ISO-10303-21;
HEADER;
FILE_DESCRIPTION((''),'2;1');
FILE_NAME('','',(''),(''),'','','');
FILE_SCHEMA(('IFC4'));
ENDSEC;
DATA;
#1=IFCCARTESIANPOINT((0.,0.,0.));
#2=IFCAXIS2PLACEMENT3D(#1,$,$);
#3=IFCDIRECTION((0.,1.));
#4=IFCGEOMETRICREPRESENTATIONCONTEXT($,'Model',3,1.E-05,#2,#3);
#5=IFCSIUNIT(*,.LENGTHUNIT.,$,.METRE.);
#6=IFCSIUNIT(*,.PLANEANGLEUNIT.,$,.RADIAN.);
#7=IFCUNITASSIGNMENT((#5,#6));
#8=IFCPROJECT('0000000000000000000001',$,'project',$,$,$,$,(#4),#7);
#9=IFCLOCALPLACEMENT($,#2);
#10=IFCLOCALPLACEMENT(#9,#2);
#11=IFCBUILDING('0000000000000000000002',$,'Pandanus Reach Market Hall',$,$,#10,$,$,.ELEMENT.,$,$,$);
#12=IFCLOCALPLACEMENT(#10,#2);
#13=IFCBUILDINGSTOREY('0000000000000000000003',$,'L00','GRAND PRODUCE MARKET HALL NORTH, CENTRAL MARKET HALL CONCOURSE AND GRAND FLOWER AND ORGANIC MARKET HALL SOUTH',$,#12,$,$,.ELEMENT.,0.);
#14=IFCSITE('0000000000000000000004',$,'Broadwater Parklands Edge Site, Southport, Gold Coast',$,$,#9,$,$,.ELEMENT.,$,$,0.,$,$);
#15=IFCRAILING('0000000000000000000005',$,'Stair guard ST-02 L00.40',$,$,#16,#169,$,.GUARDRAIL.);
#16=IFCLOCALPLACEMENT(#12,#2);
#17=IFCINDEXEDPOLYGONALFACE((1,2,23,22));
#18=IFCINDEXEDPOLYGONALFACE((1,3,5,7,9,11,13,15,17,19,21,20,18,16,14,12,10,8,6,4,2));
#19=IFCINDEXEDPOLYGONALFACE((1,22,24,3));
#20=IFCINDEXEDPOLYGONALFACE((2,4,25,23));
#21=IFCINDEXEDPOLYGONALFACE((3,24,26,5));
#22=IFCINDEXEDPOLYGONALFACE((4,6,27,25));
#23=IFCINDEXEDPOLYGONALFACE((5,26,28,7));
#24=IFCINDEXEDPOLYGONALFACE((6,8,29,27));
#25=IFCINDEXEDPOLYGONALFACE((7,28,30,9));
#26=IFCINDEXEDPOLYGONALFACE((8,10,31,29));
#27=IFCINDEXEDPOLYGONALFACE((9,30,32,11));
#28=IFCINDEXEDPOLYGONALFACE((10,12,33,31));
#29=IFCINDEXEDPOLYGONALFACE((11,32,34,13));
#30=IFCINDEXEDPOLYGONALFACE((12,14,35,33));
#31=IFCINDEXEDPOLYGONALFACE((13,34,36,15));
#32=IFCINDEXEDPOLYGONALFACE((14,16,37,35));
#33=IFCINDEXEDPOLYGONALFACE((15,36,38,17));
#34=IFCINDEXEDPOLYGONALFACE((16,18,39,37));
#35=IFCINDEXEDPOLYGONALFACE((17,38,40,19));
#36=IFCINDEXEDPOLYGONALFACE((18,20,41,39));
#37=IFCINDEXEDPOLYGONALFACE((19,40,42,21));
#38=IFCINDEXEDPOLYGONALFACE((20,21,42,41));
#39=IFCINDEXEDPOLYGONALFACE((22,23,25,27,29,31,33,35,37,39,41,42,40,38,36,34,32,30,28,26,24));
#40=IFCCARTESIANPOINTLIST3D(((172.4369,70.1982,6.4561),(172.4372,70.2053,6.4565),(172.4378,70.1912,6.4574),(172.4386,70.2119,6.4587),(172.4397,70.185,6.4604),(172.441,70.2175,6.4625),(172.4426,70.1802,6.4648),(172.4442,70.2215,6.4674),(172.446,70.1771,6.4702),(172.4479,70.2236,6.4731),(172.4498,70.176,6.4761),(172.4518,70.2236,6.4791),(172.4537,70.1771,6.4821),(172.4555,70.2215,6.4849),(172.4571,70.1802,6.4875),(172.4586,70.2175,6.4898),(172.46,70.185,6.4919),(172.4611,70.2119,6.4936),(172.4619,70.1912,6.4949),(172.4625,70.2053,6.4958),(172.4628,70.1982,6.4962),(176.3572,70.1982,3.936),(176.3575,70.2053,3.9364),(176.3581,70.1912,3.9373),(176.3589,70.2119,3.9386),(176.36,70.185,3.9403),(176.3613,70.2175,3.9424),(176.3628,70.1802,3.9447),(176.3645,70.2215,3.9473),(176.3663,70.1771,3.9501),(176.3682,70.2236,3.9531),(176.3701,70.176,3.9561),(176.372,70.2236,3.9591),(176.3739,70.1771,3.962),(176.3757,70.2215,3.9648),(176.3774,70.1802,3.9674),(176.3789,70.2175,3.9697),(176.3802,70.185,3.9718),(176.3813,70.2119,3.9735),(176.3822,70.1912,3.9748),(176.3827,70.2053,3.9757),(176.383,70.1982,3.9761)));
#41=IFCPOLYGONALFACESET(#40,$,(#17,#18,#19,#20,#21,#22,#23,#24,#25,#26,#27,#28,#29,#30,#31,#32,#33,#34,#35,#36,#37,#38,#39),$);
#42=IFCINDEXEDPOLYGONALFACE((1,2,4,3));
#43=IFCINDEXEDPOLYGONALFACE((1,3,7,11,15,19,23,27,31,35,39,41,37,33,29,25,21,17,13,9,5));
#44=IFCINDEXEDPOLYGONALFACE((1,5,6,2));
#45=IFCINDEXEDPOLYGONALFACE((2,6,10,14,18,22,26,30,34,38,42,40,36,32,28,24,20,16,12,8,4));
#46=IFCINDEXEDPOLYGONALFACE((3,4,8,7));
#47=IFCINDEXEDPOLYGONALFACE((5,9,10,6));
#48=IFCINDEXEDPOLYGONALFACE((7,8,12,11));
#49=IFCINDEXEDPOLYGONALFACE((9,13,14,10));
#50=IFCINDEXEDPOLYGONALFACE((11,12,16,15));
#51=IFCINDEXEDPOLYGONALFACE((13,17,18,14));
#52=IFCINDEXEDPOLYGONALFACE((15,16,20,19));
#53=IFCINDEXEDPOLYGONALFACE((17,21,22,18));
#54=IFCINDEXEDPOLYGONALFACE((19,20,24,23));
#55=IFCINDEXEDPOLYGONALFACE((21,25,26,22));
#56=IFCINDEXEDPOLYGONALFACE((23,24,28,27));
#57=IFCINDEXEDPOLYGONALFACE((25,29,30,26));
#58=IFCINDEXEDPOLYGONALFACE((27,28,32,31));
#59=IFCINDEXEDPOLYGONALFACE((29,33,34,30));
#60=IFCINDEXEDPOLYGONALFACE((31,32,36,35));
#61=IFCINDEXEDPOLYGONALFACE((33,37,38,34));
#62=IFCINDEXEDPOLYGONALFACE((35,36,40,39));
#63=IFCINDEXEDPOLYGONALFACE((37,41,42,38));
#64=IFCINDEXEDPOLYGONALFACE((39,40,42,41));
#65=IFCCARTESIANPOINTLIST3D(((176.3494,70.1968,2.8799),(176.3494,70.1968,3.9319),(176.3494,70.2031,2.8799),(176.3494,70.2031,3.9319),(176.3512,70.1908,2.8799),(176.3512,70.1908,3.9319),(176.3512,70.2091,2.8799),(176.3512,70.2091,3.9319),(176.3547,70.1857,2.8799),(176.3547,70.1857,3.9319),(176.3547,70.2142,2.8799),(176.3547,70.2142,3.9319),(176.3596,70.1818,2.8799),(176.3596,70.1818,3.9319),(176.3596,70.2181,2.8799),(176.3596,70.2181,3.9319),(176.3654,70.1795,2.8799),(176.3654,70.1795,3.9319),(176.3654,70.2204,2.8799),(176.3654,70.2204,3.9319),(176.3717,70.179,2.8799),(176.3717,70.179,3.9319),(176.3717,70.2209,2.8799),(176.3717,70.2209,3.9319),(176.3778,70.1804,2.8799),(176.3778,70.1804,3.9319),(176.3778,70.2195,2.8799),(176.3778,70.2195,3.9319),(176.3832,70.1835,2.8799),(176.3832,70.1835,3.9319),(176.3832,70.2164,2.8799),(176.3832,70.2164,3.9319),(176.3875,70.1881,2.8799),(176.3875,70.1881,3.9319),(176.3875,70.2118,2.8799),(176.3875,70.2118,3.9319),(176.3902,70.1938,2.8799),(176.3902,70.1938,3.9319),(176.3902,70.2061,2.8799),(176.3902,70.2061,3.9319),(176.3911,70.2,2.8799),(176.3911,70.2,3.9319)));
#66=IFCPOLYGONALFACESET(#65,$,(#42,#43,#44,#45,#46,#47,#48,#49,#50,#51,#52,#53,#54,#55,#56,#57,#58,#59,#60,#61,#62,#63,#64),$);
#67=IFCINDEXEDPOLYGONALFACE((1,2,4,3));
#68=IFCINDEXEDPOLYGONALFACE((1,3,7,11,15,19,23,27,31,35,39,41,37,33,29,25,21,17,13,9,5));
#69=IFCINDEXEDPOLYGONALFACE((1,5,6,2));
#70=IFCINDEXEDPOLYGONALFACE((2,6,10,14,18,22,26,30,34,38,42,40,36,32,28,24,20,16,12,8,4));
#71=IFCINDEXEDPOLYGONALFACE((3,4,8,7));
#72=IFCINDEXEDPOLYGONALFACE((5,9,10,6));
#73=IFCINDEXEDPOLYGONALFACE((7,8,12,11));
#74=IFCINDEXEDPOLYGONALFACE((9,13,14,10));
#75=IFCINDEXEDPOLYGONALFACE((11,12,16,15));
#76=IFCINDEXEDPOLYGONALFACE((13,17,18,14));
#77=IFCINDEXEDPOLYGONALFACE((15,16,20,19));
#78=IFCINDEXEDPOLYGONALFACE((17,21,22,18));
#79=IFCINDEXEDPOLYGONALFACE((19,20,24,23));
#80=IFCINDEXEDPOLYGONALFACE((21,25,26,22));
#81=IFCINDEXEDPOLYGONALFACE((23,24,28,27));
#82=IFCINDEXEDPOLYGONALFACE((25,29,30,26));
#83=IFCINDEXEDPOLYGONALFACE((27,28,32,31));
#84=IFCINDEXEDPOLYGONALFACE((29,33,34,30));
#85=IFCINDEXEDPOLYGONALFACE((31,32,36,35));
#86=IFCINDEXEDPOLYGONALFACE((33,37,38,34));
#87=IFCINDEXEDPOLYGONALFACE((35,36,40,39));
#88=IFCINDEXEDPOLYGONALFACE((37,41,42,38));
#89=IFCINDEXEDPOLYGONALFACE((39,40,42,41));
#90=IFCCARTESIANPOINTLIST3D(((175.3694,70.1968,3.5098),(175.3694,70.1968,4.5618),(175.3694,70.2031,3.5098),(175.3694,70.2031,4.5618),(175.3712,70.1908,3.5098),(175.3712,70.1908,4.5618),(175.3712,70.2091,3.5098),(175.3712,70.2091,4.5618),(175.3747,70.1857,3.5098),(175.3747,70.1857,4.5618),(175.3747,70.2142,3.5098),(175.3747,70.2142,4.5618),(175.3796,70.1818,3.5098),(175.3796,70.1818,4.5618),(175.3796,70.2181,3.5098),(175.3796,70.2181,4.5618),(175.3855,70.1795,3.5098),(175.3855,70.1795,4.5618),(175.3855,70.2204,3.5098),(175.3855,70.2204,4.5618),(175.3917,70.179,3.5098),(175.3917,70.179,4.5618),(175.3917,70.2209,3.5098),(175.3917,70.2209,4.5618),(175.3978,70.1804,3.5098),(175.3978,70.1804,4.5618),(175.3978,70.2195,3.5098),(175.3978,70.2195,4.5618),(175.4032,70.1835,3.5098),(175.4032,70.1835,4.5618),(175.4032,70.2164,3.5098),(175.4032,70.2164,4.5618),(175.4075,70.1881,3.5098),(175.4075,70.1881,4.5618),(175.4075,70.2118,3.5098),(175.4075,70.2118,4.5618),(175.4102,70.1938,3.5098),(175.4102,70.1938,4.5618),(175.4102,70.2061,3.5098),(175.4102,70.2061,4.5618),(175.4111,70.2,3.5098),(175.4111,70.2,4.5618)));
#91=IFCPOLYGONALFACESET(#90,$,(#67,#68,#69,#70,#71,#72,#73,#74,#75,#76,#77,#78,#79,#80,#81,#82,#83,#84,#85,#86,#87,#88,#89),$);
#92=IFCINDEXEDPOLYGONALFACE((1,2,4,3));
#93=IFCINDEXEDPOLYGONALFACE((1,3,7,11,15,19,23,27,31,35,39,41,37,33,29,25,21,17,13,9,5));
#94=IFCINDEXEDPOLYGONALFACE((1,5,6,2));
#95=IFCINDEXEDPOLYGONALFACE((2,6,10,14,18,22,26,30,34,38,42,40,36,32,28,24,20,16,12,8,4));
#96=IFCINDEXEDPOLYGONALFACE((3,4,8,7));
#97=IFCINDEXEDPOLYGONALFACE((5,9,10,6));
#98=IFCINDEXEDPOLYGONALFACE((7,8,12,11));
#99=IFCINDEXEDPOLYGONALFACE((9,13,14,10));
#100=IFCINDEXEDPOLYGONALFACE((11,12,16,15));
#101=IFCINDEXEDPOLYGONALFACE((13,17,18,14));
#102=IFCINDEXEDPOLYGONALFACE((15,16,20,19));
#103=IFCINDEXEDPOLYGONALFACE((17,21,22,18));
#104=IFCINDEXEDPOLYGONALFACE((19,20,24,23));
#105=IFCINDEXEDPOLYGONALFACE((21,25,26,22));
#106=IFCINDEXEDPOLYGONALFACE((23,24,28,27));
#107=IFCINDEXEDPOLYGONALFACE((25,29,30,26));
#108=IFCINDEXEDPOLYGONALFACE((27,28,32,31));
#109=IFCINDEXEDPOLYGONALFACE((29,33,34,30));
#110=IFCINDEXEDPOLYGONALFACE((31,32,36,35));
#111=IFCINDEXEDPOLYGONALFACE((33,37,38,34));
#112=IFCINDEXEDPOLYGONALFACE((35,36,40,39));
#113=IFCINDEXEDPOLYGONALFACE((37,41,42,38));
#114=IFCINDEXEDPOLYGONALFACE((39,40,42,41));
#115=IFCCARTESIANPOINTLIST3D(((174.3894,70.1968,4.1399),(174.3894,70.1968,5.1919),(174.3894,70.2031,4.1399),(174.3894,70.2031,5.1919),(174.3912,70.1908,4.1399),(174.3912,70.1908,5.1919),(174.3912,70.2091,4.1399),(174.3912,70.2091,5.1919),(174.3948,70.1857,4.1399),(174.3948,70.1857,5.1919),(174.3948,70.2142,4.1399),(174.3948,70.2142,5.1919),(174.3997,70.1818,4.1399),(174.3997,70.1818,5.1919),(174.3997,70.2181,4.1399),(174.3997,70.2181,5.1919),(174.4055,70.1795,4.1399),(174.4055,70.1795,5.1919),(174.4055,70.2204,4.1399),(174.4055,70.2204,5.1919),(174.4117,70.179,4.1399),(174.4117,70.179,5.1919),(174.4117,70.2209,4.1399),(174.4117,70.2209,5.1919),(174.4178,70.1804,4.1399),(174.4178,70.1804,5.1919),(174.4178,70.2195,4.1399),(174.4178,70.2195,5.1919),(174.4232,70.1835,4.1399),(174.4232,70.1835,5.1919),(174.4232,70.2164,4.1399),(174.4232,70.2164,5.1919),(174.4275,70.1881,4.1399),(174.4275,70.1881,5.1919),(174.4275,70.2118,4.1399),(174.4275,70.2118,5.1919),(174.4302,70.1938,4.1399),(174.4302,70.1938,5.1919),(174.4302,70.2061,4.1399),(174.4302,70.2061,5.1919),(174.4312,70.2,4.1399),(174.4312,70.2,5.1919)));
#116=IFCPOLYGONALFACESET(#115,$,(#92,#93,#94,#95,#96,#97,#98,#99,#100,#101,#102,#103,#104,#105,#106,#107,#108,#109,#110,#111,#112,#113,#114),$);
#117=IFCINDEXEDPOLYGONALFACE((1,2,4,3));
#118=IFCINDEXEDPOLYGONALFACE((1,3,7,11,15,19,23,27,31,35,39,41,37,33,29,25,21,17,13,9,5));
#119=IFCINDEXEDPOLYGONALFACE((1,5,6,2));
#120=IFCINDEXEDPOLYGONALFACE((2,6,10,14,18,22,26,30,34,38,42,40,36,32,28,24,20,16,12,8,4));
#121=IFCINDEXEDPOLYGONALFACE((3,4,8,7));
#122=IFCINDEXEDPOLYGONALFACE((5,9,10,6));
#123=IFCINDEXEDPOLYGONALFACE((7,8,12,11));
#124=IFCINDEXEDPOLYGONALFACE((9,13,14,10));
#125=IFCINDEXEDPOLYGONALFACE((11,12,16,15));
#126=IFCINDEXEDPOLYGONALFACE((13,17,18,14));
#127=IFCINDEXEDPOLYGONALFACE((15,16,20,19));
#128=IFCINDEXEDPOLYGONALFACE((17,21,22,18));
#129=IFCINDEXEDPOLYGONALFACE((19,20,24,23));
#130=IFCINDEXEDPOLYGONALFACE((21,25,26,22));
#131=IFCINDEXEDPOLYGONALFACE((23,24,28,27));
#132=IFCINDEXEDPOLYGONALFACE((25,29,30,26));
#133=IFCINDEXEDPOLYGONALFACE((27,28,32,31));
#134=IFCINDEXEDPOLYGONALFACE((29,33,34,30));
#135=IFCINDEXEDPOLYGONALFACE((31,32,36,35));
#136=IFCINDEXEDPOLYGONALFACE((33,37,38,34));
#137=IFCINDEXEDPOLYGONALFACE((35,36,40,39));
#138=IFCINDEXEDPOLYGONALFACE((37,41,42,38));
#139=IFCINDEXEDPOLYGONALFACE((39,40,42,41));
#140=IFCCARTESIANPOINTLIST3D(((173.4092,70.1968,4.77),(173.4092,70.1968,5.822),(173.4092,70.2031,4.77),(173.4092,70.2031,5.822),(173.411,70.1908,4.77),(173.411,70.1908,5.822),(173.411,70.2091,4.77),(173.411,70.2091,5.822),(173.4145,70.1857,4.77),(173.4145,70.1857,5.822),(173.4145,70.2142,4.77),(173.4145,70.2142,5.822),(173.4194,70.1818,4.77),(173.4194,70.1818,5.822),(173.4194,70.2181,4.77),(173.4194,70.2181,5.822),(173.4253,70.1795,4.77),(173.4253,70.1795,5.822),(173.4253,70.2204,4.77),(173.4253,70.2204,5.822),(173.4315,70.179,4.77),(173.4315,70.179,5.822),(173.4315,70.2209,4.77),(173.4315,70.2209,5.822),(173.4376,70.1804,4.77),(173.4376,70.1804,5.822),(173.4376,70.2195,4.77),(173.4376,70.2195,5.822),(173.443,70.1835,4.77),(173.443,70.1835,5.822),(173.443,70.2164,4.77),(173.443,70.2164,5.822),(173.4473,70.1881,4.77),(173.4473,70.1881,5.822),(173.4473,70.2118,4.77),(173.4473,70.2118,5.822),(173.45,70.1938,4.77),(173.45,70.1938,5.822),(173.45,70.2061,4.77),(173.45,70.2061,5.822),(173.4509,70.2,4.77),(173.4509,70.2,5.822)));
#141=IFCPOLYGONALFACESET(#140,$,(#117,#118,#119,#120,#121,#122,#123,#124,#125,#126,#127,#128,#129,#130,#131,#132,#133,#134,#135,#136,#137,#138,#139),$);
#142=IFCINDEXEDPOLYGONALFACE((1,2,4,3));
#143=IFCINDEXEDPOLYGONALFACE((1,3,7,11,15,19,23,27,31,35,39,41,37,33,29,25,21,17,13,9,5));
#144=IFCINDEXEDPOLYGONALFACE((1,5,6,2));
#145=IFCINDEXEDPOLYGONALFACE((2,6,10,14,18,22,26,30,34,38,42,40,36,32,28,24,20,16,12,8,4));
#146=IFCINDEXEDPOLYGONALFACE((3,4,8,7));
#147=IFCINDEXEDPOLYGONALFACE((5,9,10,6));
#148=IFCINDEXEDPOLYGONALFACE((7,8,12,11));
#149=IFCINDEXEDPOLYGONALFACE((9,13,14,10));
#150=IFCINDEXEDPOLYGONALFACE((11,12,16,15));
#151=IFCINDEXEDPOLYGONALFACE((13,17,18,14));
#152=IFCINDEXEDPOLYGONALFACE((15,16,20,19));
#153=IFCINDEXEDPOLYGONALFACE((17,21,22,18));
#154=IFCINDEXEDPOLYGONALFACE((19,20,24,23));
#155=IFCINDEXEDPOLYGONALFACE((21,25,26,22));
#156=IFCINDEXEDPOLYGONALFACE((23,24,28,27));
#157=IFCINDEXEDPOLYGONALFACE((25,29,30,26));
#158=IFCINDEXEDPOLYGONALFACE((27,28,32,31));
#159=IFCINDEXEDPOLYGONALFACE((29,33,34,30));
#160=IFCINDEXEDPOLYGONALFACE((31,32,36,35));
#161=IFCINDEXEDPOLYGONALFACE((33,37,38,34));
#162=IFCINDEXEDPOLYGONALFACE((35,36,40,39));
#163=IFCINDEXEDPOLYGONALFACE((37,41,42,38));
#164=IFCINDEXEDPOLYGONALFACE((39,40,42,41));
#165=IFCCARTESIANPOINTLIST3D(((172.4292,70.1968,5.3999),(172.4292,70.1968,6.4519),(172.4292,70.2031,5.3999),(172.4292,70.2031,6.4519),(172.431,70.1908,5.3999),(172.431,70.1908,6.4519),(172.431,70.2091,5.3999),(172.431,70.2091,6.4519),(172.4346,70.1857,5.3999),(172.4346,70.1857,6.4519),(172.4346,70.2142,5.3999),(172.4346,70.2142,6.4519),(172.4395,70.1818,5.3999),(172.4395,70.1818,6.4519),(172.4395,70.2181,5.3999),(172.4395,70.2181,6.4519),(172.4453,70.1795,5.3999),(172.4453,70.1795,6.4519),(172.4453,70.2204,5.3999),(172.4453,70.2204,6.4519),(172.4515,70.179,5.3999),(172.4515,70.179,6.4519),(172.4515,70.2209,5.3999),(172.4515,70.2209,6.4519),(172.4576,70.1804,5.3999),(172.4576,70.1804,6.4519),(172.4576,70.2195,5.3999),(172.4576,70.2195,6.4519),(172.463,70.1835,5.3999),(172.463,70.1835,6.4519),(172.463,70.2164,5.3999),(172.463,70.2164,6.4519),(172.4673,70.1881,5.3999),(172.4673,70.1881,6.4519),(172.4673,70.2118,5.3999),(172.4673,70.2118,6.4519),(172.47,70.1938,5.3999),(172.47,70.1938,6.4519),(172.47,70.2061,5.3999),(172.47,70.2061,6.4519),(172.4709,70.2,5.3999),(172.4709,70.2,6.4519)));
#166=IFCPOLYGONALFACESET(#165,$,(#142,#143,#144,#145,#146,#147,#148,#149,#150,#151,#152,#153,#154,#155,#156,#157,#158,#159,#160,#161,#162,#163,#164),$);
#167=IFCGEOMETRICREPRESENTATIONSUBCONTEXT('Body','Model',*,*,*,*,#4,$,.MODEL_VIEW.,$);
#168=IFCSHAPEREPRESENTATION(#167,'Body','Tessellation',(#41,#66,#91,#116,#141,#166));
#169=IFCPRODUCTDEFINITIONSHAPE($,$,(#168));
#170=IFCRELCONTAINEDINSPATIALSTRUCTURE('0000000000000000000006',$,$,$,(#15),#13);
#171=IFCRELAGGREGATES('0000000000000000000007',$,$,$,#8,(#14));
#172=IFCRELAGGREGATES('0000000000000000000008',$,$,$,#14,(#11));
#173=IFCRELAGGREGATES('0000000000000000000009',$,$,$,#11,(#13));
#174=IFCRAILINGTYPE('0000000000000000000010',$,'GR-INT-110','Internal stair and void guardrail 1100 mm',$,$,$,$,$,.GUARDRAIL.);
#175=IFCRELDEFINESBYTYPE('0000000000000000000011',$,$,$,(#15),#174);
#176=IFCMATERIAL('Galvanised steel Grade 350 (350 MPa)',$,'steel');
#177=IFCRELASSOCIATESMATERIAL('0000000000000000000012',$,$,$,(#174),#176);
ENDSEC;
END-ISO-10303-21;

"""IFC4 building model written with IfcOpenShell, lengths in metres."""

from ifc_helpers import new_model, si_unit, direction, frame, origin, origin_2d, place, context, subcontext, project, spatial, circle, extrude, material, type_object, element, save


model = new_model("IFC4")

# Units and contexts
model_context = context("Model", 3, precision=1e-05, world=origin(), true_north=direction((0.0, 1.0)))
body_context = subcontext(model_context, "Body", "Model", "MODEL_VIEW")
ifc_project = project(units=[si_unit("LENGTHUNIT", "METRE"), si_unit("PLANEANGLEUNIT", "RADIAN")], contexts=[model_context])

# Site, building, storey
site_placement = place(None, origin())
site = spatial("IfcSite", under=ifc_project, at=site_placement, Name="Broadwater Parklands Edge Site, Southport, Gold Coast", CompositionType="ELEMENT", RefElevation=0.0)
building_placement = place(site_placement, origin())
building = spatial("IfcBuilding", under=site, at=building_placement, Name="Pandanus Reach Market Hall", CompositionType="ELEMENT")
storey_placement = place(building_placement, origin())
storey = spatial("IfcBuildingStorey", under=building, at=storey_placement, Name="L00", Description="GRAND PRODUCE MARKET HALL NORTH, CENTRAL MARKET HALL CONCOURSE AND GRAND FLOWER AND ORGANIC MARKET HALL SOUTH", CompositionType="ELEMENT", Elevation=0.0)

# Railing
ifc_material_1 = material(Name="Galvanised steel Grade 350 (350 MPa)", Category="steel")
railing_type_1 = type_object("IfcRailingType", Name="GR-INT-110", Description="Internal stair and void guardrail 1100 mm", PredefinedType="GUARDRAIL", material=ifc_material_1)
railing_1_placement = place(storey_placement, frame((176.3701, 70.2, 2.8799)))
element("IfcRailing", 1, at=railing_1_placement, inside=storey, type_object=railing_type_1, Name="Stair guard ST-02 L00.40", PredefinedType="GUARDRAIL", context=body_context, shape_type="SweptSolid", body=[
    extrude(circle(Radius=0.0239, at=origin_2d()), frame((0.0, 0.0, 1.0762), z_axis=(-0.841187, 0.0, 0.540744), x_axis=(0.0, -1.0, 0.0)), (0.0, 0.0, 1.0), 4.6604),
    extrude(circle(Radius=0.021, at=origin_2d()), origin(), (0.0, 0.0, 1.0), 1.052),
    extrude(circle(Radius=0.021, at=origin_2d()), frame((-0.98, 0.0, 0.6299)), (0.0, 0.0, 1.0), 1.052),
    extrude(circle(Radius=0.021, at=origin_2d()), frame((-1.96, 0.0, 1.26)), (0.0, 0.0, 1.0), 1.052),
    extrude(circle(Radius=0.021, at=origin_2d()), frame((-2.9402, 0.0, 1.8901)), (0.0, 0.0, 1.0), 1.052),
    extrude(circle(Radius=0.021, at=origin_2d()), frame((-3.9202, 0.0, 2.52)), (0.0, 0.0, 1.0), 1.052),
])

save(model, "model.ifc")
